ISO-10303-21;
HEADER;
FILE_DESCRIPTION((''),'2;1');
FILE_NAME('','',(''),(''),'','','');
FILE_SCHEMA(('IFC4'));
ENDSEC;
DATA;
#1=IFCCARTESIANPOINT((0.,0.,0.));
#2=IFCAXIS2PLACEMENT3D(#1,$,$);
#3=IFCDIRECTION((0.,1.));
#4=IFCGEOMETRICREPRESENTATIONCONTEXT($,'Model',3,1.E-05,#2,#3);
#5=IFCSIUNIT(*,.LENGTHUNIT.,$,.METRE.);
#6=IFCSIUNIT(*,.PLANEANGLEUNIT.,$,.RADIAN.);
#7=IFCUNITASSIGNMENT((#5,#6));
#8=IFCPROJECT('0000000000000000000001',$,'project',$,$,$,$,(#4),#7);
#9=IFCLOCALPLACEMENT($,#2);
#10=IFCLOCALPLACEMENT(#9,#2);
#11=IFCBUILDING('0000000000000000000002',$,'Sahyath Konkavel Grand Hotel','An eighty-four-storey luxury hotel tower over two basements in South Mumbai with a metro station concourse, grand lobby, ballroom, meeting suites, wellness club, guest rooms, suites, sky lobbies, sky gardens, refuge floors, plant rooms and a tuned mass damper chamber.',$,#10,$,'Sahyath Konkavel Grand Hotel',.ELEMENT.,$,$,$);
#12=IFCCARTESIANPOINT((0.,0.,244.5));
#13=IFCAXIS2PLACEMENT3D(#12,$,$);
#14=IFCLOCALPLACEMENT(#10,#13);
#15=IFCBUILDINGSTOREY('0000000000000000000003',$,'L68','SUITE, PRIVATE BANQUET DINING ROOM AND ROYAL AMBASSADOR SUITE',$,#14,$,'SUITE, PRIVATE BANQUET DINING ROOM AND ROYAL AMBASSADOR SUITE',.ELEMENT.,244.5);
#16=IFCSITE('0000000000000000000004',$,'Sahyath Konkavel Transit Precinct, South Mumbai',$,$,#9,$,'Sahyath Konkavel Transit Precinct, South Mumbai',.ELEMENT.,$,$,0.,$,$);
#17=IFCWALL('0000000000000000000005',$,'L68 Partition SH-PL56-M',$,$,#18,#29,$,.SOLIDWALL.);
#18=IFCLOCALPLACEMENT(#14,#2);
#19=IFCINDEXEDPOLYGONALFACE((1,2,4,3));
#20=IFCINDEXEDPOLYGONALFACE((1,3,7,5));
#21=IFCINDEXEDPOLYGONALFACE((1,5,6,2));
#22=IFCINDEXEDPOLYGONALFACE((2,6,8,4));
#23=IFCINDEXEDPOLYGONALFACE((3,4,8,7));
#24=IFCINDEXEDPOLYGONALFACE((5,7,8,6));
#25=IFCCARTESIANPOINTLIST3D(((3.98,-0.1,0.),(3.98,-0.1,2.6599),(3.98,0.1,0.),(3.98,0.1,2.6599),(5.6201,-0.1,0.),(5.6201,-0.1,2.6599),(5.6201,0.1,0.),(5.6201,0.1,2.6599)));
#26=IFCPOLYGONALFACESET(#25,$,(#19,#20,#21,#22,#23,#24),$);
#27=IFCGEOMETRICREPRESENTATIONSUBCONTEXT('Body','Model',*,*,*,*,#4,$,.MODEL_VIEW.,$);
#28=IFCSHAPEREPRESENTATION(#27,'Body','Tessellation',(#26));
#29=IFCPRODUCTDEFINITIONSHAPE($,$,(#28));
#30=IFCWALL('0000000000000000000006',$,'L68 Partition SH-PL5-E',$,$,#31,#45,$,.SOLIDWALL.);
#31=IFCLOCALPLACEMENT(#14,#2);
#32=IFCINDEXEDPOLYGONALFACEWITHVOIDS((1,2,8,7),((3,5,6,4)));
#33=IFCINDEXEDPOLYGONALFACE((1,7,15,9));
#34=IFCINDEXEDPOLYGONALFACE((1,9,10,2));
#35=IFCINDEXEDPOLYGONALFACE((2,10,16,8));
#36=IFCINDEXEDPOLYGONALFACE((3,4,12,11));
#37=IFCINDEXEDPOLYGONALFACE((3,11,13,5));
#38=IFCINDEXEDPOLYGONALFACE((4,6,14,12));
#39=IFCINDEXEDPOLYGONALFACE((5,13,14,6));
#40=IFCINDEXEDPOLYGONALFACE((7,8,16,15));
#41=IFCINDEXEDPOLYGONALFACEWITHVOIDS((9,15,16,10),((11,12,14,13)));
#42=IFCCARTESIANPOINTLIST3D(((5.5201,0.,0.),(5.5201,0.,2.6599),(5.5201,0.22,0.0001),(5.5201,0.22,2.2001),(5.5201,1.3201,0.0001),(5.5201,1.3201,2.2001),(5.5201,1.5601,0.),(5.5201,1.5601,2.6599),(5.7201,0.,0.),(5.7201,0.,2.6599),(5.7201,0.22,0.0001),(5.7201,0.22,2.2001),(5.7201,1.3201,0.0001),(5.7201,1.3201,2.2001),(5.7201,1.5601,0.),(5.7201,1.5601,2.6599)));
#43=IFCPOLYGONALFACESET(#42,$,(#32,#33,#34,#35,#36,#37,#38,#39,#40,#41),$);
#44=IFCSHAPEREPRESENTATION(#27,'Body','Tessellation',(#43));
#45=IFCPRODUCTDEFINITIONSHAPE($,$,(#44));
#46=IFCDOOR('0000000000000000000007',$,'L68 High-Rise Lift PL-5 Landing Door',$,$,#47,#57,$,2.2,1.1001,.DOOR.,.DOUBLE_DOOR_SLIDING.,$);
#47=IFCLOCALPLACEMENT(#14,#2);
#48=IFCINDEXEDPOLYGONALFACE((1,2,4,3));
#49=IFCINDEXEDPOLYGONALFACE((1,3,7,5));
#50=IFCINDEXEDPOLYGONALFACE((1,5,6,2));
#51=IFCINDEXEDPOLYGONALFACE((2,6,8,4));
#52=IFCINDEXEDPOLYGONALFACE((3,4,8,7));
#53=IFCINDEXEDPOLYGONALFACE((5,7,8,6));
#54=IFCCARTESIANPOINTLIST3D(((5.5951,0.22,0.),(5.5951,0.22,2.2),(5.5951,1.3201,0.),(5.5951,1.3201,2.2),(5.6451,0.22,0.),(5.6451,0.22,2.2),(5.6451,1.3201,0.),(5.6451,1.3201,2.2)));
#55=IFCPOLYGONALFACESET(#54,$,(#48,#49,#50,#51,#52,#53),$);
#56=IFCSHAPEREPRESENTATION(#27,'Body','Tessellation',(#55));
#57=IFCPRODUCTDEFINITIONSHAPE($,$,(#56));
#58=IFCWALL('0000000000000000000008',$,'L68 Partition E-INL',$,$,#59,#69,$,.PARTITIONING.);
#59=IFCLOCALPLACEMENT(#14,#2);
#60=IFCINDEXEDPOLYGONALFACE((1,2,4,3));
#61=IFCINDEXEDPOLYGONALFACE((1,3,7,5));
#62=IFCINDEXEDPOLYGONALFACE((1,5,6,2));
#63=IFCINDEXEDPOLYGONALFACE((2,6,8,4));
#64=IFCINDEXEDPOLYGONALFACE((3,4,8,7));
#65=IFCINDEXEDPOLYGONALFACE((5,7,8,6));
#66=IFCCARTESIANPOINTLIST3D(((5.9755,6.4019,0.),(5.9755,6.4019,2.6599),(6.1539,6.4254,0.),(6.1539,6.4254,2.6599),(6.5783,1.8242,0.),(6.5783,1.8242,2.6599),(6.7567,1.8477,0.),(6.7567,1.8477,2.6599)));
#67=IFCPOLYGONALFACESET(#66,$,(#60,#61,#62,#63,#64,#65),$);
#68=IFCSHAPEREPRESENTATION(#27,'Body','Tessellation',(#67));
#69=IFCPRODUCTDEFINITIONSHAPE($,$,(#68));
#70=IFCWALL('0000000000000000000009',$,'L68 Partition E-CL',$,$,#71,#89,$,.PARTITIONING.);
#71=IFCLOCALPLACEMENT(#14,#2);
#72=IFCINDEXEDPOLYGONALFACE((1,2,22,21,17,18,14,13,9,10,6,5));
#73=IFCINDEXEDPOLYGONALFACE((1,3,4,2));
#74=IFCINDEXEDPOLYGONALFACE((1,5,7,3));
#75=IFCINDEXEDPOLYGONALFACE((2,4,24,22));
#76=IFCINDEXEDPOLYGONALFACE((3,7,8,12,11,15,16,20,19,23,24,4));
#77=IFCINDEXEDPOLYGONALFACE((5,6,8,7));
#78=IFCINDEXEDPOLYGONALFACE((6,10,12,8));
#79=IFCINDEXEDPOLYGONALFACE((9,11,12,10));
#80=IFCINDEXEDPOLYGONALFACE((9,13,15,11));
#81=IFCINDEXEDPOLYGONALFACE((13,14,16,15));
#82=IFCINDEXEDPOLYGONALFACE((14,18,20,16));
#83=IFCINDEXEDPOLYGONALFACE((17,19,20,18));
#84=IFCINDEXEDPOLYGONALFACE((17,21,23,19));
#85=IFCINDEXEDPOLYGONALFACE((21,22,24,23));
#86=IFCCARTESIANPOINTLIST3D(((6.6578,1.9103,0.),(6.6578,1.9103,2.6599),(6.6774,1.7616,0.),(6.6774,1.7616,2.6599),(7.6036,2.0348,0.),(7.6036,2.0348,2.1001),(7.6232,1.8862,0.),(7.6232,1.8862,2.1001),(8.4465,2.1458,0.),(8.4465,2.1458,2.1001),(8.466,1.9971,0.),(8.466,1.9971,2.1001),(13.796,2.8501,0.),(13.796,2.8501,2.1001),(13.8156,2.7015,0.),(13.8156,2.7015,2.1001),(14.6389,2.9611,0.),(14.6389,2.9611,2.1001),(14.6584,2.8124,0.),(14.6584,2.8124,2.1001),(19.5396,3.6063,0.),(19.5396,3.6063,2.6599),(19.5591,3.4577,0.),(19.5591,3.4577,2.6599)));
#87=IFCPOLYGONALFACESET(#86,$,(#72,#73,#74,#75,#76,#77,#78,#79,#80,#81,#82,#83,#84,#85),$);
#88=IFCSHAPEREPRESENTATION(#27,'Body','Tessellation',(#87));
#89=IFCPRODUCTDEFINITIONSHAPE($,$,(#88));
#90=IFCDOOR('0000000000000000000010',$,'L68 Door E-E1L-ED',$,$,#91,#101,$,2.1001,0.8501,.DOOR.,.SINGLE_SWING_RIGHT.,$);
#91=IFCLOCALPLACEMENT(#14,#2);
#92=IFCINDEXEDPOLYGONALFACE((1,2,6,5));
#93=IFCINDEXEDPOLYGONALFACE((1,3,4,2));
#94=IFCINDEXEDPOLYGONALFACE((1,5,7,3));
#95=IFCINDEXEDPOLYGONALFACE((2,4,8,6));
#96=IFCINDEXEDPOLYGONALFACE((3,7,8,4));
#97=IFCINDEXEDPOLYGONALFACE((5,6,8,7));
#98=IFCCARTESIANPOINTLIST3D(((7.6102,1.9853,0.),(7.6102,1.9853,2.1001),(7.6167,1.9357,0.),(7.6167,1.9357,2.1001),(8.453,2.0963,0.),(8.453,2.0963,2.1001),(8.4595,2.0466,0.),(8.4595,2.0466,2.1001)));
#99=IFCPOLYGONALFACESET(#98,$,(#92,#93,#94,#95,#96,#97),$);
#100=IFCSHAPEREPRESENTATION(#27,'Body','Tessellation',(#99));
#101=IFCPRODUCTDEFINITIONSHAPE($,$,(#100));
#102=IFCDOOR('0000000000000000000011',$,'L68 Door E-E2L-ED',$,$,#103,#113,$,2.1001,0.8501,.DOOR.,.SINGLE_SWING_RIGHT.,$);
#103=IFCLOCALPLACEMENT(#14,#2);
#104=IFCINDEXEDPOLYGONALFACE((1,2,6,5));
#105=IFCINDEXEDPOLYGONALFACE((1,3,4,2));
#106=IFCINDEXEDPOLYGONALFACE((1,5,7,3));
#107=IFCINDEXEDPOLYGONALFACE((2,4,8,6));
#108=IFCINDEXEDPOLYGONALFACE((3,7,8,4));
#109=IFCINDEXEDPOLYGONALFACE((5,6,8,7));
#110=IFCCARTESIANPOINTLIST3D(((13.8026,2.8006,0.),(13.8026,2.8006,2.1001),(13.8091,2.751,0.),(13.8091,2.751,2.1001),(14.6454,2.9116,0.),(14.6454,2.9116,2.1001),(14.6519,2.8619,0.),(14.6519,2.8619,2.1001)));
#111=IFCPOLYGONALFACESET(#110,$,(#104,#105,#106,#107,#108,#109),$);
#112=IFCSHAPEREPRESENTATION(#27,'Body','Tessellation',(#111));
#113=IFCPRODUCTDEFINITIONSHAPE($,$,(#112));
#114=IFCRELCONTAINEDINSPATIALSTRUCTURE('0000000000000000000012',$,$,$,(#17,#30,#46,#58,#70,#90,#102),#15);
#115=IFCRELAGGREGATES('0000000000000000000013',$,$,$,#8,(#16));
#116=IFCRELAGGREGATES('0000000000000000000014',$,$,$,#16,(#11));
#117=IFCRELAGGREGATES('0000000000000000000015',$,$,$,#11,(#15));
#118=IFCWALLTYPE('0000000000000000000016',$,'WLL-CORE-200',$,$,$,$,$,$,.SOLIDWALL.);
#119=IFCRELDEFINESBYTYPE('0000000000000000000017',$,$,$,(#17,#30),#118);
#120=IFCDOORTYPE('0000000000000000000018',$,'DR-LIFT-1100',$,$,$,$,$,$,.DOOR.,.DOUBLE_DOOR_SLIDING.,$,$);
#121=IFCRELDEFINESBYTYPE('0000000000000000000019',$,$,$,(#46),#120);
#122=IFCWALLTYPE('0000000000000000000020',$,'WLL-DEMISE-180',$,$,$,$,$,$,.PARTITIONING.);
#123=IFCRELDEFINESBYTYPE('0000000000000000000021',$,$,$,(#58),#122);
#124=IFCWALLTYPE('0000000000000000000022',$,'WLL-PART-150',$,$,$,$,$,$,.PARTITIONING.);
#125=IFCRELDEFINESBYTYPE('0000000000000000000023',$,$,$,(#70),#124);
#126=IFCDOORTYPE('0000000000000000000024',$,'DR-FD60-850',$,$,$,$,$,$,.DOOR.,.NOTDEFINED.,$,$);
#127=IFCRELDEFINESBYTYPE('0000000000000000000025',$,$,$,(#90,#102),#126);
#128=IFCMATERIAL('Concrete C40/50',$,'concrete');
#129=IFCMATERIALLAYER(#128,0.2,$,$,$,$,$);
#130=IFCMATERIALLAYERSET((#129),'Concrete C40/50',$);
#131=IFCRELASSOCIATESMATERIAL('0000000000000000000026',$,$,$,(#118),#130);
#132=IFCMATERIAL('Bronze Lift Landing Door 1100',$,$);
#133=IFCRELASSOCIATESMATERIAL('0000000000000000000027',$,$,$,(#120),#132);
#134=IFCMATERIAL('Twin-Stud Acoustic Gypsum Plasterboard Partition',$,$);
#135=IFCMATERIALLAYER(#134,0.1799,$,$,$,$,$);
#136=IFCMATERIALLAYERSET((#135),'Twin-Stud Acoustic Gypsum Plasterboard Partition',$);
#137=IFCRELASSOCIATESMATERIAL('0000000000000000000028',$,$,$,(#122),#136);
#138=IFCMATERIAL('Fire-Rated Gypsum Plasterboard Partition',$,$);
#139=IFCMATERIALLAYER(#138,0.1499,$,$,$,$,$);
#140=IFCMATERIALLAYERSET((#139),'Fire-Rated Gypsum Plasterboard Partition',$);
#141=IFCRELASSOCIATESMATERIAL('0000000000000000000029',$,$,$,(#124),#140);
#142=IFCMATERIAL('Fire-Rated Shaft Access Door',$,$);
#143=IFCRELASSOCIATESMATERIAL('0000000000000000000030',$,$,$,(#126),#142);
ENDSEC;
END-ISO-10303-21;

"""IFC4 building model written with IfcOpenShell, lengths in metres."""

from ifc_helpers import new_model, si_unit, direction, frame, frame_2d, origin, origin_2d, place, context, subcontext, project, spatial, rectangle, extrude, source, transform, mapped, material, layer, layer_set, type_object, element, fill, save


model = new_model("IFC4")

# Units and contexts
model_context = context("Model", 3, precision=1e-05, world=origin(), true_north=direction((0.0, 1.0)))
body_context = subcontext(model_context, "Body", "Model", "MODEL_VIEW")
ifc_project = project(units=[si_unit("LENGTHUNIT", "METRE"), si_unit("PLANEANGLEUNIT", "RADIAN")], contexts=[model_context])

# Site, building, storey
site_placement = place(None, origin())
site = spatial("IfcSite", under=ifc_project, at=site_placement, Name="Sahyath Konkavel Transit Precinct, South Mumbai", LongName="Sahyath Konkavel Transit Precinct, South Mumbai", CompositionType="ELEMENT", RefElevation=0.0)
building_placement = place(site_placement, origin())
building = spatial("IfcBuilding", under=site, at=building_placement, Name="Sahyath Konkavel Grand Hotel", Description="An eighty-four-storey luxury hotel tower over two basements in South Mumbai with a metro station concourse, grand lobby, ballroom, meeting suites, wellness club, guest rooms, suites, sky lobbies, sky gardens, refuge floors, plant rooms and a tuned mass damper chamber.", LongName="Sahyath Konkavel Grand Hotel", CompositionType="ELEMENT")
storey_placement = place(building_placement, frame((0.0, 0.0, 244.5)))
storey = spatial("IfcBuildingStorey", under=building, at=storey_placement, Name="L68", Description="SUITE, PRIVATE BANQUET DINING ROOM AND ROYAL AMBASSADOR SUITE", LongName="SUITE, PRIVATE BANQUET DINING ROOM AND ROYAL AMBASSADOR SUITE", CompositionType="ELEMENT", Elevation=244.5)

# Shared definitions
ifc_material_1 = material(Name="Concrete C40/50", Category="concrete")

# Wall
ifc_layer_1 = layer(ifc_material_1, 0.2)
ifc_layer_set_1 = layer_set([ifc_layer_1], Name="Concrete C40/50")
wall_type_1 = type_object("IfcWallType", Name="WLL-CORE-200", PredefinedType="SOLIDWALL", material=ifc_layer_set_1)
for number, where, z_axis, x_axis, name in (
    (1, (3.98, 0.0, 0.0), (0.0, 0.0, 1.0), (1.0, 0.0, 0.0), "L68 Partition SH-PL56-M"),
):
    element("IfcWall", number, at=place(storey_placement, frame(where, z_axis=z_axis, x_axis=x_axis)), inside=storey, type_object=wall_type_1, Name=name, PredefinedType="SOLIDWALL", context=body_context, shape_type="SweptSolid", body=[
        extrude(rectangle(XDim=1.6401, YDim=0.2, at=frame_2d((0.8201, 0.0))), origin(), (0.0, 0.0, 1.0), 2.6599),
    ])

# Wall, opening, door
wall_1_placement = place(storey_placement, frame((5.6201, 0.0, 0.0), z_axis=(0.0, 0.0, 1.0), x_axis=(0.0, 1.0, 0.0)))
wall_1 = element("IfcWall", 2, at=wall_1_placement, inside=storey, type_object=wall_type_1, Name="L68 Partition SH-PL5-E", PredefinedType="SOLIDWALL", context=body_context, shape_type="SweptSolid", body=[
    extrude(rectangle(XDim=1.5601, YDim=0.2, at=frame_2d((0.78, 0.0))), origin(), (0.0, 0.0, 1.0), 2.6599),
])
opening_1_placement = place(wall_1_placement, frame((0.22, 0.0, 0.0)))
opening_1 = element("IfcOpeningElement", 3, at=opening_1_placement, cuts=wall_1, PredefinedType="OPENING", context=body_context, shape_type="SweptSolid", body=[
    extrude(rectangle(XDim=1.1001, YDim=2.2, at=frame_2d((0.55, 1.1001))), frame((0.0, 0.1099, 0.0), z_axis=(0.0, -1.0, 0.0), x_axis=(1.0, 0.0, 0.0)), (0.0, 0.0, 1.0), 0.22),
])
ifc_material_2 = material(Name="Bronze Lift Landing Door 1100")
door_type_1 = type_object("IfcDoorType", Name="DR-LIFT-1100", OperationType="DOUBLE_DOOR_SLIDING", PredefinedType="DOOR", material=ifc_material_2)
shared_shape_1 = source(origin(), body_context, "Body", "SweptSolid", [
    extrude(rectangle(XDim=1.1001, YDim=0.05, at=origin_2d()), origin(), (0.0, 0.0, 1.0), 2.2),
])
door_1_placement = place(opening_1_placement, frame((0.55, 0.0, 0.0)))
door_1 = element("IfcDoor", 4, at=door_1_placement, inside=storey, type_object=door_type_1, Name="L68 High-Rise Lift PL-5 Landing Door", OperationType="DOUBLE_DOOR_SLIDING", OverallHeight=2.2, OverallWidth=1.1001, PredefinedType="DOOR", context=body_context, shape_type="MappedRepresentation", body=[
    mapped(shared_shape_1, transform((0.0, 0.0, 0.0), scale=1.0)),
])
fill(opening_1, door_1)

# Wall
ifc_material_3 = material(Name="Twin-Stud Acoustic Gypsum Plasterboard Partition")
ifc_layer_2 = layer(ifc_material_3, 0.1799)
ifc_layer_set_2 = layer_set([ifc_layer_2], Name="Twin-Stud Acoustic Gypsum Plasterboard Partition")
wall_type_2 = type_object("IfcWallType", Name="WLL-DEMISE-180", PredefinedType="PARTITIONING", material=ifc_layer_set_2)
wall_2_placement = place(storey_placement, frame((6.6675, 1.8359, 0.0), z_axis=(0.0, 0.0, 1.0), x_axis=(-0.130553, 0.991441, 0.0)))
element("IfcWall", 5, at=wall_2_placement, inside=storey, type_object=wall_type_2, Name="L68 Partition E-INL", PredefinedType="PARTITIONING", context=body_context, shape_type="SweptSolid", body=[
    extrude(rectangle(XDim=4.6172, YDim=0.1799, at=frame_2d((2.3086, 0.0))), origin(), (0.0, 0.0, 1.0), 2.6599),
])

# Wall, openings, doors
ifc_material_4 = material(Name="Fire-Rated Gypsum Plasterboard Partition")
ifc_layer_3 = layer(ifc_material_4, 0.1499)
ifc_layer_set_3 = layer_set([ifc_layer_3], Name="Fire-Rated Gypsum Plasterboard Partition")
wall_type_3 = type_object("IfcWallType", Name="WLL-PART-150", PredefinedType="PARTITIONING", material=ifc_layer_set_3)
wall_3_placement = place(storey_placement, frame((6.6675, 1.8359, 0.0), z_axis=(0.0, 0.0, 1.0), x_axis=(0.991444, 0.130535, 0.0)))
wall_3 = element("IfcWall", 6, at=wall_3_placement, inside=storey, type_object=wall_type_3, Name="L68 Partition E-CL", PredefinedType="PARTITIONING", context=body_context, shape_type="SweptSolid", body=[
    extrude(rectangle(XDim=12.9929, YDim=0.1499, at=frame_2d((6.4966, 0.0))), origin(), (0.0, 0.0, 1.0), 2.6599),
])
opening_2_placement = place(wall_3_placement, frame((0.9541, 0.0, 0.0)))
opening_2 = element("IfcOpeningElement", 7, at=opening_2_placement, cuts=wall_3, PredefinedType="OPENING", context=body_context, shape_type="SweptSolid", body=[
    extrude(rectangle(XDim=0.8501, YDim=2.1001, at=frame_2d((0.425, 1.05))), frame((0.0, 0.085, 0.0), z_axis=(0.0, -1.0, 0.0), x_axis=(1.0, 0.0, 0.0)), (0.0, 0.0, 1.0), 0.1699),
])
opening_3_placement = place(wall_3_placement, frame((7.2, 0.0, 0.0)))
opening_3 = element("IfcOpeningElement", 8, at=opening_3_placement, cuts=wall_3, PredefinedType="OPENING", context=body_context, shape_type="SweptSolid", body=[
    extrude(rectangle(XDim=0.8501, YDim=2.1001, at=frame_2d((0.425, 1.05))), frame((0.0, 0.085, 0.0), z_axis=(0.0, -1.0, 0.0), x_axis=(1.0, 0.0, 0.0)), (0.0, 0.0, 1.0), 0.1699),
])
ifc_material_5 = material(Name="Fire-Rated Shaft Access Door")
door_type_2 = type_object("IfcDoorType", Name="DR-FD60-850", OperationType="NOTDEFINED", PredefinedType="DOOR", material=ifc_material_5)
shared_shape_2 = source(origin(), body_context, "Body", "SweptSolid", [
    extrude(rectangle(XDim=0.8501, YDim=0.05, at=origin_2d()), origin(), (0.0, 0.0, 1.0), 2.1001),
])
door_2_placement = place(opening_2_placement, frame((0.425, 0.0, 0.0)))
door_2 = element("IfcDoor", 9, at=door_2_placement, inside=storey, type_object=door_type_2, Name="L68 Door E-E1L-ED", OperationType="SINGLE_SWING_RIGHT", OverallHeight=2.1001, OverallWidth=0.8501, PredefinedType="DOOR", context=body_context, shape_type="MappedRepresentation", body=[
    mapped(shared_shape_2, transform((0.0, 0.0, 0.0), scale=1.0)),
])
fill(opening_2, door_2)
door_3_placement = place(opening_3_placement, frame((0.425, 0.0, 0.0)))
door_3 = element("IfcDoor", 10, at=door_3_placement, inside=storey, type_object=door_type_2, Name="L68 Door E-E2L-ED", OperationType="SINGLE_SWING_RIGHT", OverallHeight=2.1001, OverallWidth=0.8501, PredefinedType="DOOR", context=body_context, shape_type="MappedRepresentation", body=[
    mapped(shared_shape_2, transform((0.0, 0.0, 0.0), scale=1.0)),
])
fill(opening_3, door_3)

save(model, "model.ifc")
